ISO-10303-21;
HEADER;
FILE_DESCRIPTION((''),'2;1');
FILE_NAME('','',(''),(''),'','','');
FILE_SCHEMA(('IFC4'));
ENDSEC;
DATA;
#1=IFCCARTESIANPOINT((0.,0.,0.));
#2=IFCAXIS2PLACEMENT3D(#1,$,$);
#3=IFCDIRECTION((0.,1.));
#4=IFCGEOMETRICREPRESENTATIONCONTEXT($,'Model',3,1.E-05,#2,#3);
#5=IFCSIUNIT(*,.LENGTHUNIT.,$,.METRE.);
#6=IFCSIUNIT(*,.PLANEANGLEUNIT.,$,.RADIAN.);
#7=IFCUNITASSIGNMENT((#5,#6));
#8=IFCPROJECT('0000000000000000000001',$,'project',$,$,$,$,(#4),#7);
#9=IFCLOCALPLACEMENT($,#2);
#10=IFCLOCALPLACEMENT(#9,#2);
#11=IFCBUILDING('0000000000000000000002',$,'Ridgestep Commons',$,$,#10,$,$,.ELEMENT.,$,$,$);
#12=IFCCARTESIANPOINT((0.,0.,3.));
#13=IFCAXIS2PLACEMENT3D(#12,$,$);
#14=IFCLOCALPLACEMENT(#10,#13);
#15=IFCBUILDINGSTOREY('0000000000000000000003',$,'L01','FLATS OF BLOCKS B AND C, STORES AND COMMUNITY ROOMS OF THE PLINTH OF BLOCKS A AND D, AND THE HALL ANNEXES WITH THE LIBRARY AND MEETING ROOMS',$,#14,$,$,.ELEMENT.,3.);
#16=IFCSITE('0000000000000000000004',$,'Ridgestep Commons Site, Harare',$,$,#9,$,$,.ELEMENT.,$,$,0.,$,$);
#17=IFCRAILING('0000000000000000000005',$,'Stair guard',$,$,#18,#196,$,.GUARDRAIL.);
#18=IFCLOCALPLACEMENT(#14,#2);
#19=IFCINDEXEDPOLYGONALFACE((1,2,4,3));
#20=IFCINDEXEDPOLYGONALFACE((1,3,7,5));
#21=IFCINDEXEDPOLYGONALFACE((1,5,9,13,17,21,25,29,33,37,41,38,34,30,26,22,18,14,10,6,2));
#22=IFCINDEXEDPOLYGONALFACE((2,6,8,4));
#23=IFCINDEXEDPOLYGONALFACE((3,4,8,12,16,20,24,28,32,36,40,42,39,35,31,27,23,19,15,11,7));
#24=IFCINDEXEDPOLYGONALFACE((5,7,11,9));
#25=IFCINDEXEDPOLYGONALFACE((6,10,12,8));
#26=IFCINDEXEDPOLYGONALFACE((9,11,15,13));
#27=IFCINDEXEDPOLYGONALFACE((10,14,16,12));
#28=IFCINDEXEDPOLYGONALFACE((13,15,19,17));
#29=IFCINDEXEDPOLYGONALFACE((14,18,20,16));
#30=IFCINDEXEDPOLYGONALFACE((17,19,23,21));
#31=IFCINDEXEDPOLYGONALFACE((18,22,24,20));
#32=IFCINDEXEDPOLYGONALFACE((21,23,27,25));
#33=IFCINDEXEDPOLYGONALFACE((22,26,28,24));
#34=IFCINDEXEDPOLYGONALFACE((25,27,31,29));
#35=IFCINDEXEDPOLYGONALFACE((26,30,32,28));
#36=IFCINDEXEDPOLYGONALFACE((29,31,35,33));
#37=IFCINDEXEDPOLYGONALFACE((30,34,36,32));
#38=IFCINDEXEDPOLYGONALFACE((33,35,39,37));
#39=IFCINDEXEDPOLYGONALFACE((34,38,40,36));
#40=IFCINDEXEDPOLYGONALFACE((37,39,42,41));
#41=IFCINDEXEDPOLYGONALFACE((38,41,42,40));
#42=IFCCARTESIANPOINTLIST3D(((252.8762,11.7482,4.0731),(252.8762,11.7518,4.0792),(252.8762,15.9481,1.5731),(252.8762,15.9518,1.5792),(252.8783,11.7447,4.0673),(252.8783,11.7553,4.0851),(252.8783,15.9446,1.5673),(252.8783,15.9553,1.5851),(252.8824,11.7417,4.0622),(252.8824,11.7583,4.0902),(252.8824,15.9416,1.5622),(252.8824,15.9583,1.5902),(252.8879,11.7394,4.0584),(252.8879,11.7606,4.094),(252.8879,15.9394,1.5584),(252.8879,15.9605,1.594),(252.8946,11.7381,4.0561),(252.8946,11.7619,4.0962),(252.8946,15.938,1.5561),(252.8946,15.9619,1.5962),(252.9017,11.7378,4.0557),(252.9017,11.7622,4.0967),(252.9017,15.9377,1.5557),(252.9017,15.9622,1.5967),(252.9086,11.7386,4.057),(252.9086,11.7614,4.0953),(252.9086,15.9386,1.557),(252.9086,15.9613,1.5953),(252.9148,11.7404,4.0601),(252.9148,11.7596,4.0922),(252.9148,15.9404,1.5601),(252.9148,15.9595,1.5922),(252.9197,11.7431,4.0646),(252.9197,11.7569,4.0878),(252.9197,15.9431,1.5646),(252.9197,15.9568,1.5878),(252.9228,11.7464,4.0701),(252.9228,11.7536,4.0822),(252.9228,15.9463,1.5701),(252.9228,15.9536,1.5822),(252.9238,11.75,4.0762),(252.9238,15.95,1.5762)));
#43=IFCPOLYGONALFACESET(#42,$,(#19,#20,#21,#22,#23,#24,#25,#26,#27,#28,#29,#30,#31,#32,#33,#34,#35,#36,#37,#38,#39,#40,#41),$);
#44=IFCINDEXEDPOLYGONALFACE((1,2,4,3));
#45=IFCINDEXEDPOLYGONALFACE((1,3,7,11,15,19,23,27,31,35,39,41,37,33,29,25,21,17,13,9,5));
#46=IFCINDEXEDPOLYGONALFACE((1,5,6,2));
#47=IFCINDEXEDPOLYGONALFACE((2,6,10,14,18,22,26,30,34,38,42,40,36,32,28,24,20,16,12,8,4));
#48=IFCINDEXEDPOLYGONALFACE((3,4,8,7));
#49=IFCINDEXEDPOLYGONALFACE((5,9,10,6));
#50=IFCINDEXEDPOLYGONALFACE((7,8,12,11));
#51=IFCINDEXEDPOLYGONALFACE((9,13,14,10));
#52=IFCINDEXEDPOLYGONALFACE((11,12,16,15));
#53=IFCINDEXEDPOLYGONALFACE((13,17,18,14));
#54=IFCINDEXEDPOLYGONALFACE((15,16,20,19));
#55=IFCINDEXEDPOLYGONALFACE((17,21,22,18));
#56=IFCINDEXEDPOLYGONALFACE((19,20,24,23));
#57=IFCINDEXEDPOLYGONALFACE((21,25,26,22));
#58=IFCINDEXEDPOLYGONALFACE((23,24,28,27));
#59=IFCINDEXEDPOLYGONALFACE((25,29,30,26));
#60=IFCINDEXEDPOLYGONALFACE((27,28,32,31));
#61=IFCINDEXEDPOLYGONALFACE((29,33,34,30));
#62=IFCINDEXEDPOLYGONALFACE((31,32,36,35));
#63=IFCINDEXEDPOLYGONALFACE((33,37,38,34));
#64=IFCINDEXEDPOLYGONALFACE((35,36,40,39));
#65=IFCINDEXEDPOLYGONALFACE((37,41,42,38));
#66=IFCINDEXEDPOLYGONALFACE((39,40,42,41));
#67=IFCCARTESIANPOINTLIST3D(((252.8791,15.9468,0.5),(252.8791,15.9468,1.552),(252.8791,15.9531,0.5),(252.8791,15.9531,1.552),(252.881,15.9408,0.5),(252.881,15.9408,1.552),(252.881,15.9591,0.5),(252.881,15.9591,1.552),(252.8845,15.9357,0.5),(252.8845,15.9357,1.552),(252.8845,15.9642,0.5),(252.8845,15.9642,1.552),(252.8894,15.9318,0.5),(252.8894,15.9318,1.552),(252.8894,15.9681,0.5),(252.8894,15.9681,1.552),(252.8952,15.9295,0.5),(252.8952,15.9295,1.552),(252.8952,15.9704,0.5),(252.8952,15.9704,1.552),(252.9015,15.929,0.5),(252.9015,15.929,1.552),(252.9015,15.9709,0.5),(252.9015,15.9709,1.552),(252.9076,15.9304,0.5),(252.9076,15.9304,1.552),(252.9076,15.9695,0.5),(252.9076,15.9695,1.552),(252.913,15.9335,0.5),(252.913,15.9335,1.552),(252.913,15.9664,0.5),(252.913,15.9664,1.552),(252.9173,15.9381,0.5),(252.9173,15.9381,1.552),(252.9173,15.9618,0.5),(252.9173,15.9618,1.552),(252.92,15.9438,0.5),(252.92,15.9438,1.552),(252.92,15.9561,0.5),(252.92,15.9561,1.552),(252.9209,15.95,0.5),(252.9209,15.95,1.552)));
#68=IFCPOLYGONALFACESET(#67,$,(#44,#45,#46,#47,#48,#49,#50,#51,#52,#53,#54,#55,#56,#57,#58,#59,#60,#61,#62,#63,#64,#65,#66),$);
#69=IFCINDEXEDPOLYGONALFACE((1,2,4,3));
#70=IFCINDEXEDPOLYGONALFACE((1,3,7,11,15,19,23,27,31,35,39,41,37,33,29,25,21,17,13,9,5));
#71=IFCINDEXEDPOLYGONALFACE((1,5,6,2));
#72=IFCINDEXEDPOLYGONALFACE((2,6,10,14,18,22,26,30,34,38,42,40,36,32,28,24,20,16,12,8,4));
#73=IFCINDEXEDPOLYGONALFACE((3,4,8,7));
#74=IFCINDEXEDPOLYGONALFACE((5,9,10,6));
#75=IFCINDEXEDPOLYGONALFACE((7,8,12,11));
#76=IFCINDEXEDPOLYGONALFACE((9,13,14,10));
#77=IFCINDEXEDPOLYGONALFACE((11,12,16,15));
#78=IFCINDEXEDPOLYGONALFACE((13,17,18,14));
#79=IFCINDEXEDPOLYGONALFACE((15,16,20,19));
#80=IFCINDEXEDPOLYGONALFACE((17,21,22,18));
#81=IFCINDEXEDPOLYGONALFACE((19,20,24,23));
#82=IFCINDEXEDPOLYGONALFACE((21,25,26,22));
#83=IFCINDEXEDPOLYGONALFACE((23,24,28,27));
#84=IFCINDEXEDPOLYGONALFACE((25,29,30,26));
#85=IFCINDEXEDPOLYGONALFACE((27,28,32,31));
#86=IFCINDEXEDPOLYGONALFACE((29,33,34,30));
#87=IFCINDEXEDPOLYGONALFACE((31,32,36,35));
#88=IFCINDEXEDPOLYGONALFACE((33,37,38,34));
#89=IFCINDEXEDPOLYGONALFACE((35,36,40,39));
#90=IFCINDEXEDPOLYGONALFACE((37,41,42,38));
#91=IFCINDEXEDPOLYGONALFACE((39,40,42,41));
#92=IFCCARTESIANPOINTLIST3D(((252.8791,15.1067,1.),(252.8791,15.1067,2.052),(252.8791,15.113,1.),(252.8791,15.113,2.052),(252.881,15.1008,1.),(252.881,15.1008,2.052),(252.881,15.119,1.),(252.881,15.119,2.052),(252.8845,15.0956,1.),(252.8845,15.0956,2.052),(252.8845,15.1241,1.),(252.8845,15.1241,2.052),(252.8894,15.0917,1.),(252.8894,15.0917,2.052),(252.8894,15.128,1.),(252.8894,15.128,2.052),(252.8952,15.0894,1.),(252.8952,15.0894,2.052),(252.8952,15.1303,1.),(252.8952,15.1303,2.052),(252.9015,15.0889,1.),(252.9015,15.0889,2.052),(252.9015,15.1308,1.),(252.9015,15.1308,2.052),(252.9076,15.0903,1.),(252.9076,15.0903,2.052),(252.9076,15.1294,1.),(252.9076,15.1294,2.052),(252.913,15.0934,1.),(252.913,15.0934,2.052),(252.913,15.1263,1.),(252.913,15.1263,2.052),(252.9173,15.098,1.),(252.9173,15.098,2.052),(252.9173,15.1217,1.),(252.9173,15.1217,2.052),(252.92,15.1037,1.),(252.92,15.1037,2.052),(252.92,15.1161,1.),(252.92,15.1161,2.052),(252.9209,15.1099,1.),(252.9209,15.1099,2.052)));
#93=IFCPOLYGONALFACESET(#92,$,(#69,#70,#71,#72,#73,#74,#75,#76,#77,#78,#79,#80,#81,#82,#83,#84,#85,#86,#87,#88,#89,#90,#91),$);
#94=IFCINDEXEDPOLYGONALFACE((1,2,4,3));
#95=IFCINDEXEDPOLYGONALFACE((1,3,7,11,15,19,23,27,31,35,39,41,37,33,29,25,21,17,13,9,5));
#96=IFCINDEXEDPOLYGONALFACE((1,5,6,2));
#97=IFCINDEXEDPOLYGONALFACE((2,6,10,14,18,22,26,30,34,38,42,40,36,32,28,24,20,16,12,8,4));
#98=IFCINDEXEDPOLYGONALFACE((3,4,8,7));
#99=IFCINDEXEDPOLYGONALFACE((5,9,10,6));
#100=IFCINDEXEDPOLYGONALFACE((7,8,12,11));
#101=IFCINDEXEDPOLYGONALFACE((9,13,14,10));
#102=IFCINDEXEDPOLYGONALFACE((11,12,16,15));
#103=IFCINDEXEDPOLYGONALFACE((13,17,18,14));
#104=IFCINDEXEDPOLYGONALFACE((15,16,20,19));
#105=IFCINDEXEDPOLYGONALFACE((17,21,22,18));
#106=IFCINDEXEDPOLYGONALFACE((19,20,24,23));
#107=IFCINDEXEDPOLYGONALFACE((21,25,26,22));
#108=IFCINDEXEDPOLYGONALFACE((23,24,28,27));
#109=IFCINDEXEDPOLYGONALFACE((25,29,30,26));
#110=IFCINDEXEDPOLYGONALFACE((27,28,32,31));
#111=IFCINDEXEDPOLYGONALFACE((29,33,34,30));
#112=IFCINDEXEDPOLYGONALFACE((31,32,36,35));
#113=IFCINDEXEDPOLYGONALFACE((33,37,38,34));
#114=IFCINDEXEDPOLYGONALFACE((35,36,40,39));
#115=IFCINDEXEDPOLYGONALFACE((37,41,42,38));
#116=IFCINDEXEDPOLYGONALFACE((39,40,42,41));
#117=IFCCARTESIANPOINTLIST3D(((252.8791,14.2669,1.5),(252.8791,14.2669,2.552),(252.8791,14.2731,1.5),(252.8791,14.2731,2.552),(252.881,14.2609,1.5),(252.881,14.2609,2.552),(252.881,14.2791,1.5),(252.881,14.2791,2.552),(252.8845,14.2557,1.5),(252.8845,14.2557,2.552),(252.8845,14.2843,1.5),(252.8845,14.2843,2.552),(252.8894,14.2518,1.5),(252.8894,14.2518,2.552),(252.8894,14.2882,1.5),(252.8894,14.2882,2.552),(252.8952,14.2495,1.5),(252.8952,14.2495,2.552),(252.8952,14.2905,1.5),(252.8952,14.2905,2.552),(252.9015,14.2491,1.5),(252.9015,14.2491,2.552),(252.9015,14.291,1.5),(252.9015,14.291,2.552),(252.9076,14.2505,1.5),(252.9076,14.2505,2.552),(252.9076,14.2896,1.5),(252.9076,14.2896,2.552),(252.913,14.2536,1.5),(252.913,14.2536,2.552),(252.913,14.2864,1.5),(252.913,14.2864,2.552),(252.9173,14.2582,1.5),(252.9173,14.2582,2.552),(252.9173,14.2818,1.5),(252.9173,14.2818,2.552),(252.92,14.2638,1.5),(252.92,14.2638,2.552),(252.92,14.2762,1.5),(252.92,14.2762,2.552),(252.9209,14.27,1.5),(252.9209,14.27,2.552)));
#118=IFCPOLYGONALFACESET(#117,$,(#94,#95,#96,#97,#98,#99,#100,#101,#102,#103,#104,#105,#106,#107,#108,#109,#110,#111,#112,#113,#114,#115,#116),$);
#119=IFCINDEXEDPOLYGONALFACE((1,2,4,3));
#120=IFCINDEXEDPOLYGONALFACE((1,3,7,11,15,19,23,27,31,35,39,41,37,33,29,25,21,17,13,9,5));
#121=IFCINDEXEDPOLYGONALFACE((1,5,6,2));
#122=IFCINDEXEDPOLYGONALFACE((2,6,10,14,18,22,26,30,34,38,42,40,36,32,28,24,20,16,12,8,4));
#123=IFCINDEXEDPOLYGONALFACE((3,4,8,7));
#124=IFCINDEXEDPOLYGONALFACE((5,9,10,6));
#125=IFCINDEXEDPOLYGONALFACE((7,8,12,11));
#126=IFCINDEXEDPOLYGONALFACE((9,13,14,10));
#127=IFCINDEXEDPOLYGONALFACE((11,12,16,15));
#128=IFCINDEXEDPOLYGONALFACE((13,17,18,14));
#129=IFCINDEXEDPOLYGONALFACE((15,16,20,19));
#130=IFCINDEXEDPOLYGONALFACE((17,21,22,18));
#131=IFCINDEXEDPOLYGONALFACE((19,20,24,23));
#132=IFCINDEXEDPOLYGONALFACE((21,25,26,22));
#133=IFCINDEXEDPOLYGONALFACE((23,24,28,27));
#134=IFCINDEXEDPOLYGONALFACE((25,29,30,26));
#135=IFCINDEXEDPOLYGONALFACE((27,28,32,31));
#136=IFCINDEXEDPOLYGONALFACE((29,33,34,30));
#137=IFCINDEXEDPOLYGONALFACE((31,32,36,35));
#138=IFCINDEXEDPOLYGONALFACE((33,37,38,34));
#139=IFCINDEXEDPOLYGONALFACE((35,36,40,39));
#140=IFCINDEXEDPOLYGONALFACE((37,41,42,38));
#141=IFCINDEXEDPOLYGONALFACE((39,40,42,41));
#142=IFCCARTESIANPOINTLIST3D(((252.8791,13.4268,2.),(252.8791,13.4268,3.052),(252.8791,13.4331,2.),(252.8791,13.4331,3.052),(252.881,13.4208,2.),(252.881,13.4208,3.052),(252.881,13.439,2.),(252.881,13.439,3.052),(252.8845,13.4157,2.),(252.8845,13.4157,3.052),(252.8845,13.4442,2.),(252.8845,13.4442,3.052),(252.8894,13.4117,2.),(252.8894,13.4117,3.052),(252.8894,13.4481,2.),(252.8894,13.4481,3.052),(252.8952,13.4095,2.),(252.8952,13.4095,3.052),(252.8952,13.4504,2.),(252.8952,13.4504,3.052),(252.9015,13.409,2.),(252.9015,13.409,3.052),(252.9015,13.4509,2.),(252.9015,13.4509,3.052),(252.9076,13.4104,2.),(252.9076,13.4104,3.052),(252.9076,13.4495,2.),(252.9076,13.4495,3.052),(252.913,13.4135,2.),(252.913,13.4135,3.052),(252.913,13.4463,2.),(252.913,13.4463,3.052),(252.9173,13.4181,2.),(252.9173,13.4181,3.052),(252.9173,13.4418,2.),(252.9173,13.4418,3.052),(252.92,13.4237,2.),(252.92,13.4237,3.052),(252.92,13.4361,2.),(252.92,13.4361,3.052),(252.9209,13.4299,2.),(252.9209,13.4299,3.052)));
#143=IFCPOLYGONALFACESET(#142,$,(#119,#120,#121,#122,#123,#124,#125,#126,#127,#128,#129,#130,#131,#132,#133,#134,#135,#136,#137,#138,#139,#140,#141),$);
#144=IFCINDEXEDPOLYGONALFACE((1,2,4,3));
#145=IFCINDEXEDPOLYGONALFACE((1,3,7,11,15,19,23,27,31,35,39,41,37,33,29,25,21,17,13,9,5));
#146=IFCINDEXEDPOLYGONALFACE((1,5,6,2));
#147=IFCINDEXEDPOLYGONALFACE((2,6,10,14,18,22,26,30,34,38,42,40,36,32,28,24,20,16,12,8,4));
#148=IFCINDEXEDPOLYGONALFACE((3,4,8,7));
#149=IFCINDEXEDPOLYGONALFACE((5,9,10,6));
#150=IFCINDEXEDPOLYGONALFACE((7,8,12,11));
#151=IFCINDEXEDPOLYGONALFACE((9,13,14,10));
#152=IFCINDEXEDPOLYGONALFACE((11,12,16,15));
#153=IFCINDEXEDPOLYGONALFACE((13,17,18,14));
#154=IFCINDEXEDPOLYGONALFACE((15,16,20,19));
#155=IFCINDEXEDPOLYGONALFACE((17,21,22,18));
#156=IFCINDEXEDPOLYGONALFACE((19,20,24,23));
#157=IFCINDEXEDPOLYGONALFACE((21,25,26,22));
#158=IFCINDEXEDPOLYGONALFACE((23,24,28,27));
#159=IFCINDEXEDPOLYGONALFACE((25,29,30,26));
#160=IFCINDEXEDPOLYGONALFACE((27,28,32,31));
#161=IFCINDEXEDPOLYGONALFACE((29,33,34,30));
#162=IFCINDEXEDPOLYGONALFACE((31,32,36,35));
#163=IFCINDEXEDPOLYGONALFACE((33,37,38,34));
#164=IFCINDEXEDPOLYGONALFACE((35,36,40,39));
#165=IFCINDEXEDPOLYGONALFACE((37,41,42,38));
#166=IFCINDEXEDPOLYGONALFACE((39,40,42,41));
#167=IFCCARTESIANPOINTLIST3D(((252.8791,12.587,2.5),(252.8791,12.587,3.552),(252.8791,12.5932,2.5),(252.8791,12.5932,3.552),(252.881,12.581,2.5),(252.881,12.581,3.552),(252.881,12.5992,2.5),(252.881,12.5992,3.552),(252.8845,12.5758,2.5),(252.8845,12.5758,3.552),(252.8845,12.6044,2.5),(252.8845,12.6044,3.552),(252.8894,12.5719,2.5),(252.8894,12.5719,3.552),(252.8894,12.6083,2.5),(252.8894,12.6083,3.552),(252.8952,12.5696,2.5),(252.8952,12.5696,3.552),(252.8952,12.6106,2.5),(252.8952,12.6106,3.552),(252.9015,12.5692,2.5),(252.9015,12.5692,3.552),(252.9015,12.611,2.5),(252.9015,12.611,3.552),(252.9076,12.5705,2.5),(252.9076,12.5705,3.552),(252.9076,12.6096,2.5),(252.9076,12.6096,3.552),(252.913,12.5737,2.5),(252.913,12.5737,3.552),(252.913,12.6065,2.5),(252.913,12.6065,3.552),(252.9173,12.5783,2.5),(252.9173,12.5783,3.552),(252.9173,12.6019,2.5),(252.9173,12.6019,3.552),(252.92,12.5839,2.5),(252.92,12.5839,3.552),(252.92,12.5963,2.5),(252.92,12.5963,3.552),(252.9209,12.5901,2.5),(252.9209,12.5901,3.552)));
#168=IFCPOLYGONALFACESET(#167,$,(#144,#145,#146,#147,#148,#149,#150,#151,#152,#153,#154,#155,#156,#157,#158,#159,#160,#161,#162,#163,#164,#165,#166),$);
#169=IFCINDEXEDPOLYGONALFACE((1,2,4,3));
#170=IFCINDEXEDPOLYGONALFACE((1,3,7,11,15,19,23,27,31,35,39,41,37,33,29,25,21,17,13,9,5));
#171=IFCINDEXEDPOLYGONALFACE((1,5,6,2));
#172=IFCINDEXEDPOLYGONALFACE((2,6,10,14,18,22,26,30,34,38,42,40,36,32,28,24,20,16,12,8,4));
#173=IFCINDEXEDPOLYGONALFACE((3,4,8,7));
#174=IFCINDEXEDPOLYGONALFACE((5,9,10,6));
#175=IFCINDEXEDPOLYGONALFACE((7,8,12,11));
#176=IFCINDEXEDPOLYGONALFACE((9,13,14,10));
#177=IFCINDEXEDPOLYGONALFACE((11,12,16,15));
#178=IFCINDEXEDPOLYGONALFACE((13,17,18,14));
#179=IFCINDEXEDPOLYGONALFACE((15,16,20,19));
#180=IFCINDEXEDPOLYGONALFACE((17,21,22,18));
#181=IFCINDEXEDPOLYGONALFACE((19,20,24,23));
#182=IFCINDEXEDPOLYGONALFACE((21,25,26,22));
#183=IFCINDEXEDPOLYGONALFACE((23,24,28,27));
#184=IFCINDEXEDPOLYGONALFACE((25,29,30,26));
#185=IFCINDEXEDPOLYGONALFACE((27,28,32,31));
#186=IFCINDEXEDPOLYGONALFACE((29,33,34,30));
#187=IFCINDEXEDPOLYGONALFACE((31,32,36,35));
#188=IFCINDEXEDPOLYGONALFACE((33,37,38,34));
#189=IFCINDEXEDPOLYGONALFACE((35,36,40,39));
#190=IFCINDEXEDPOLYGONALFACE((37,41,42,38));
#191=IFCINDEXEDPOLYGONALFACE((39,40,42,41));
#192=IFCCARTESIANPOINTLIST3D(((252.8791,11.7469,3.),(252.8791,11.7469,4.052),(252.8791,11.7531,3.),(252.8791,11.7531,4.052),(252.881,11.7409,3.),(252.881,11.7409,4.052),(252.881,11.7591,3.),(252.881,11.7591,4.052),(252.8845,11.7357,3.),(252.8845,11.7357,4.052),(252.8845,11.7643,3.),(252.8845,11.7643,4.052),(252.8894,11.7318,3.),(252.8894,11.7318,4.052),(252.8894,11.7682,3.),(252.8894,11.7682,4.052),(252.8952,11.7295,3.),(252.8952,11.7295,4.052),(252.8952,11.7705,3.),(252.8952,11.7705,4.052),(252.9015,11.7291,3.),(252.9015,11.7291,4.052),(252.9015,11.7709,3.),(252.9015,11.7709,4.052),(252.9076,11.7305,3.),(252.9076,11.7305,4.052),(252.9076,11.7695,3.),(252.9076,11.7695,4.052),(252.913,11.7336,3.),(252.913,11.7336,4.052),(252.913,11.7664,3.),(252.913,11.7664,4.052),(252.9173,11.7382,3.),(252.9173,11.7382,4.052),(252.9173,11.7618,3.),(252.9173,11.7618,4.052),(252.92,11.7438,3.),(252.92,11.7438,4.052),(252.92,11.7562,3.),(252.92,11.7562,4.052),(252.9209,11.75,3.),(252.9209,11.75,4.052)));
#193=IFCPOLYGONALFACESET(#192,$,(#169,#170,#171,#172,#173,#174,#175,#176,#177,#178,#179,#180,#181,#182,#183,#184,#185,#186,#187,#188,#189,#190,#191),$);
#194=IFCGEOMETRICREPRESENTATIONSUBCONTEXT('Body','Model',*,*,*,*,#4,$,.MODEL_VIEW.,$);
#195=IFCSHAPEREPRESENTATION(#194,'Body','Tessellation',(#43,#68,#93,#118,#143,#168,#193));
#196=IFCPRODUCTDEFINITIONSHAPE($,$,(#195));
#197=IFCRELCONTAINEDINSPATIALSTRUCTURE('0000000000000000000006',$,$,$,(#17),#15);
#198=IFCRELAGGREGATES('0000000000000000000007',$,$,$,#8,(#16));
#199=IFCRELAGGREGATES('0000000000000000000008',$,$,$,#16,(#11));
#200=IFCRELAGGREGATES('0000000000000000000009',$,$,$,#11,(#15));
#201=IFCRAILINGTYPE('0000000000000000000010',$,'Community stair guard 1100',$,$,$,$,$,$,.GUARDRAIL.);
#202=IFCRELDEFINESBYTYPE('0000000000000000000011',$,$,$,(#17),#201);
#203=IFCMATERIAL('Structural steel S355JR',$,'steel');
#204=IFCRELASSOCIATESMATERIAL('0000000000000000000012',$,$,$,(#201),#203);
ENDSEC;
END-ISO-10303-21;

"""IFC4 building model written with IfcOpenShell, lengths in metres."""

from ifc_helpers import new_model, si_unit, direction, frame, origin, origin_2d, place, context, subcontext, project, spatial, circle, extrude, material, type_object, element, save


model = new_model("IFC4")

# Units and contexts
model_context = context("Model", 3, precision=1e-05, world=origin(), true_north=direction((0.0, 1.0)))
body_context = subcontext(model_context, "Body", "Model", "MODEL_VIEW")
ifc_project = project(units=[si_unit("LENGTHUNIT", "METRE"), si_unit("PLANEANGLEUNIT", "RADIAN")], contexts=[model_context])

# Site, building, storey
site_placement = place(None, origin())
site = spatial("IfcSite", under=ifc_project, at=site_placement, Name="Ridgestep Commons Site, Harare", CompositionType="ELEMENT", RefElevation=0.0)
building_placement = place(site_placement, origin())
building = spatial("IfcBuilding", under=site, at=building_placement, Name="Ridgestep Commons", CompositionType="ELEMENT")
storey_placement = place(building_placement, frame((0.0, 0.0, 3.0)))
storey = spatial("IfcBuildingStorey", under=building, at=storey_placement, Name="L01", Description="FLATS OF BLOCKS B AND C, STORES AND COMMUNITY ROOMS OF THE PLINTH OF BLOCKS A AND D, AND THE HALL ANNEXES WITH THE LIBRARY AND MEETING ROOMS", CompositionType="ELEMENT", Elevation=3.0)

# Railing
ifc_material_1 = material(Name="Structural steel S355JR", Category="steel")
railing_type_1 = type_object("IfcRailingType", Name="Community stair guard 1100", PredefinedType="GUARDRAIL", material=ifc_material_1)
for number, where, name in (
    (1, (252.8999, 15.95, 0.5), "Stair guard"),
):
    element("IfcRailing", number, at=place(storey_placement, frame(where)), inside=storey, type_object=railing_type_1, Name=name, PredefinedType="GUARDRAIL", context=body_context, shape_type="SweptSolid", body=[
        extrude(circle(Radius=0.0239, at=origin_2d()), frame((0.0, 0.0, 1.0762), z_axis=(0.0, -0.85929, 0.511488), x_axis=(1.0, 0.0, 0.0)), (0.0, 0.0, 1.0), 4.8877),
        extrude(circle(Radius=0.021, at=origin_2d()), origin(), (0.0, 0.0, 1.0), 1.052),
        extrude(circle(Radius=0.021, at=origin_2d()), frame((0.0, -0.8401, 0.5)), (0.0, 0.0, 1.0), 1.052),
        extrude(circle(Radius=0.021, at=origin_2d()), frame((0.0, -1.6799, 1.0)), (0.0, 0.0, 1.0), 1.052),
        extrude(circle(Radius=0.021, at=origin_2d()), frame((0.0, -2.52, 1.5)), (0.0, 0.0, 1.0), 1.052),
        extrude(circle(Radius=0.021, at=origin_2d()), frame((0.0, -3.3599, 2.0)), (0.0, 0.0, 1.0), 1.052),
        extrude(circle(Radius=0.021, at=origin_2d()), frame((0.0, -4.2, 2.5)), (0.0, 0.0, 1.0), 1.052),
    ])

save(model, "model.ifc")
